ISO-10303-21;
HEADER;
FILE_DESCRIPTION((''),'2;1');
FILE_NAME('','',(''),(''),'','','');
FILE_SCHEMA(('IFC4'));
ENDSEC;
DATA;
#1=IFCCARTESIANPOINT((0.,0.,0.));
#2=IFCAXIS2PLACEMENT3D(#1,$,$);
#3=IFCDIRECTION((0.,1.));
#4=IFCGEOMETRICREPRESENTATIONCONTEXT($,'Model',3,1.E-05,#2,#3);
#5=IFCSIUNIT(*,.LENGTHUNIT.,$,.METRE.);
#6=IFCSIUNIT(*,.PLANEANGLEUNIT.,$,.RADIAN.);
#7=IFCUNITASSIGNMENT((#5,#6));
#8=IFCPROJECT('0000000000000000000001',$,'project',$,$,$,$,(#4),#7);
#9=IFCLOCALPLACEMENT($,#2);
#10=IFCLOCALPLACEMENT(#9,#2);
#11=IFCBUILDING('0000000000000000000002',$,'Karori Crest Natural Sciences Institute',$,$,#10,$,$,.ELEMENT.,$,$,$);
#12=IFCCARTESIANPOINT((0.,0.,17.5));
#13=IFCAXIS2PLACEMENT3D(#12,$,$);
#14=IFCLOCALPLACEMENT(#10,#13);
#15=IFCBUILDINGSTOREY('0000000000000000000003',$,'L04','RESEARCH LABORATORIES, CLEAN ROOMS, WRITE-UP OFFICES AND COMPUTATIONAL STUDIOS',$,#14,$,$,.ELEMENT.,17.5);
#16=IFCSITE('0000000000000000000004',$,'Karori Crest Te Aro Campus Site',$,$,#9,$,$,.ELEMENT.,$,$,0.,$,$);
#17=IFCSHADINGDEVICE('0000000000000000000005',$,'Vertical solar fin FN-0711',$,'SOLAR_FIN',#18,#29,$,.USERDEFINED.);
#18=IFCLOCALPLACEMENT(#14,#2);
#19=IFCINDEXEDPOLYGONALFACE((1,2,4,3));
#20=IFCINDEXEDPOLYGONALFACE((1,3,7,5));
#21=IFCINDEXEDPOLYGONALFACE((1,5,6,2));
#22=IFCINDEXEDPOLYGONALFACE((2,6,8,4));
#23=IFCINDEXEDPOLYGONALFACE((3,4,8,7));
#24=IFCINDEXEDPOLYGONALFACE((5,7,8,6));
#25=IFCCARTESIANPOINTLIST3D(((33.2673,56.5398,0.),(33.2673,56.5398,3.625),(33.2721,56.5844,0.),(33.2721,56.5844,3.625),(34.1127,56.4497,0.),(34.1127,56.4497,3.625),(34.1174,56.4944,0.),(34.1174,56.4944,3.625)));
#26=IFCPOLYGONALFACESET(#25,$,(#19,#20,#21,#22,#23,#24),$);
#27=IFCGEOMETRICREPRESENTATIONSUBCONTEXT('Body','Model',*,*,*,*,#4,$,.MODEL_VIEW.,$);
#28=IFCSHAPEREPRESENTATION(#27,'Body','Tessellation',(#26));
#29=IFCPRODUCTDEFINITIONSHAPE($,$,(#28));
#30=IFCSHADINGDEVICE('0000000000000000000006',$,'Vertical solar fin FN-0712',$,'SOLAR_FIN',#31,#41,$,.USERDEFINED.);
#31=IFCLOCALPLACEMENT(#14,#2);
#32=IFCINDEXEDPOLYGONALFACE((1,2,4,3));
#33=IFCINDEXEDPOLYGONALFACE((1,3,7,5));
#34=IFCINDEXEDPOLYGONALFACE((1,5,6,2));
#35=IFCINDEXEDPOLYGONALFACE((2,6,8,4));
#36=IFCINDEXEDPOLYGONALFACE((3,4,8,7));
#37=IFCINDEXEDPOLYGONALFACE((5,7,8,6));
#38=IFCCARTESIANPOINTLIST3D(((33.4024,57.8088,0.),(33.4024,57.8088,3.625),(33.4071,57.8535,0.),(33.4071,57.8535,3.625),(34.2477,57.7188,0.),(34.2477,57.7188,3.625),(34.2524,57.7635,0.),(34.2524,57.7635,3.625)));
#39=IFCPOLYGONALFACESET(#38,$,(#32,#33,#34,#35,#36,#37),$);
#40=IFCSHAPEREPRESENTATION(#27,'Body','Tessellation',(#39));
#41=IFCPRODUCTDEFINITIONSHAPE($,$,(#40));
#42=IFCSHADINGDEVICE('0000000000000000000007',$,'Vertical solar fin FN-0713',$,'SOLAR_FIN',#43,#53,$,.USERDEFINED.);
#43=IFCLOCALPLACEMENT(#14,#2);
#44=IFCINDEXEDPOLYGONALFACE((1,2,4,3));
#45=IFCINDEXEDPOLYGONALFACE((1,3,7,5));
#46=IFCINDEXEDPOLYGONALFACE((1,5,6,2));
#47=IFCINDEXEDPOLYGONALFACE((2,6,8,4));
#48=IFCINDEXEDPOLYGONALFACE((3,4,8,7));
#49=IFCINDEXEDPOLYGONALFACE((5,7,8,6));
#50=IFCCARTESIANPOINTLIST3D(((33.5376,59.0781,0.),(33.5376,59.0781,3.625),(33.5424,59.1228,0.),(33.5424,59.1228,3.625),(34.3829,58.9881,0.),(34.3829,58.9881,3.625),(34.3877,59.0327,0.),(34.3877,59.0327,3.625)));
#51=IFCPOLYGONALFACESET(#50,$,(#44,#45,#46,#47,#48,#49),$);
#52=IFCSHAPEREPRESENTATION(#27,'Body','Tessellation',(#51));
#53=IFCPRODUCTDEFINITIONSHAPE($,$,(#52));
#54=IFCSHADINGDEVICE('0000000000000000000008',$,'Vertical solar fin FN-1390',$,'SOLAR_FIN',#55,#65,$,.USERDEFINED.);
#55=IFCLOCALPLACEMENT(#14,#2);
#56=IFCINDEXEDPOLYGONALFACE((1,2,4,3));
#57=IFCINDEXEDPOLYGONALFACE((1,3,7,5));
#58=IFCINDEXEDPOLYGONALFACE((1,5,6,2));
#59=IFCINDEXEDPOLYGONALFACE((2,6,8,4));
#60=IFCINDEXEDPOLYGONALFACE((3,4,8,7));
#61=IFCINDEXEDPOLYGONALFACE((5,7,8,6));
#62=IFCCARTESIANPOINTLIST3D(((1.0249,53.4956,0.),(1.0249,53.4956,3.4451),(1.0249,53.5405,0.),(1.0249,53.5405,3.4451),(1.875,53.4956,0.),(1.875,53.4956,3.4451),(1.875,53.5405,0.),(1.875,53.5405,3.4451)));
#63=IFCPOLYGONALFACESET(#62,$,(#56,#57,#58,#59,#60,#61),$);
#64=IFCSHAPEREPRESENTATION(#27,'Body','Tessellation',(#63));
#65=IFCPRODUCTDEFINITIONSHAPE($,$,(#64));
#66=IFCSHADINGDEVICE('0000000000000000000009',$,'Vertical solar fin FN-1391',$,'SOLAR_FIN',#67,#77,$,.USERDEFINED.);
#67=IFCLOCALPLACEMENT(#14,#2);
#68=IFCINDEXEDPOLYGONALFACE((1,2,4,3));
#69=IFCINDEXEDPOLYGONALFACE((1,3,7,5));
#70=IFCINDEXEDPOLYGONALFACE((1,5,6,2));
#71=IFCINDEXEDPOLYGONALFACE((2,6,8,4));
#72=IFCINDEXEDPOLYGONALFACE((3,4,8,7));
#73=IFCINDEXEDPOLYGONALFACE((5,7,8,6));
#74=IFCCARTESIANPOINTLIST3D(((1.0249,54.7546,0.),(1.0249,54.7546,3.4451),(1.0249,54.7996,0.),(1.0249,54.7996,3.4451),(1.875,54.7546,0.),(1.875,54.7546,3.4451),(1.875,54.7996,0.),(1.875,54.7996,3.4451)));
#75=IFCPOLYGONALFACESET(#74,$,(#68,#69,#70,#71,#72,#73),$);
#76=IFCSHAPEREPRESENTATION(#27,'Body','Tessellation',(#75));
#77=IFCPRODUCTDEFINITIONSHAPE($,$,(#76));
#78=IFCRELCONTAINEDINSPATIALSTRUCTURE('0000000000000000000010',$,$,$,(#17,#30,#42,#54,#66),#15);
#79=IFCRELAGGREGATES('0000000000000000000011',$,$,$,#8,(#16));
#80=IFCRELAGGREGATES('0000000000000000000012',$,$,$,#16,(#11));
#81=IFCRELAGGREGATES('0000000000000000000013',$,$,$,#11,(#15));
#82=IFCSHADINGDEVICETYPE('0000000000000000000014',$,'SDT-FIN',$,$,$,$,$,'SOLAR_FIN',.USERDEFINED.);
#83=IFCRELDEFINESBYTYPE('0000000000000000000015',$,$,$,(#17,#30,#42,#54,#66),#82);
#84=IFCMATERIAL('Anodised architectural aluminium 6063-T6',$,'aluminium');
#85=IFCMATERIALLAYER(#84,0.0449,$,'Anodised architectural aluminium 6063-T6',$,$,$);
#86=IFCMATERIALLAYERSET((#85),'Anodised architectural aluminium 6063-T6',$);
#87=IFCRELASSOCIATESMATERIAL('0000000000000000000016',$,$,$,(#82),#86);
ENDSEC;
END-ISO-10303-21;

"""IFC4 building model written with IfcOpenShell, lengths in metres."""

from ifc_helpers import new_model, si_unit, direction, frame, origin, origin_2d, place, context, subcontext, project, spatial, rectangle, extrude, material, layer, layer_set, type_object, element, save


model = new_model("IFC4")

# Units and contexts
model_context = context("Model", 3, precision=1e-05, world=origin(), true_north=direction((0.0, 1.0)))
body_context = subcontext(model_context, "Body", "Model", "MODEL_VIEW")
ifc_project = project(units=[si_unit("LENGTHUNIT", "METRE"), si_unit("PLANEANGLEUNIT", "RADIAN")], contexts=[model_context])

# Site, building, storey
site_placement = place(None, origin())
site = spatial("IfcSite", under=ifc_project, at=site_placement, Name="Karori Crest Te Aro Campus Site", CompositionType="ELEMENT", RefElevation=0.0)
building_placement = place(site_placement, origin())
building = spatial("IfcBuilding", under=site, at=building_placement, Name="Karori Crest Natural Sciences Institute", CompositionType="ELEMENT")
storey_placement = place(building_placement, frame((0.0, 0.0, 17.5)))
storey = spatial("IfcBuildingStorey", under=building, at=storey_placement, Name="L04", Description="RESEARCH LABORATORIES, CLEAN ROOMS, WRITE-UP OFFICES AND COMPUTATIONAL STUDIOS", CompositionType="ELEMENT", Elevation=17.5)

# Shared definitions
ifc_material_1 = material(Name="Anodised architectural aluminium 6063-T6", Category="aluminium")

# Shading devices
ifc_layer_1 = layer(ifc_material_1, 0.0449, Name="Anodised architectural aluminium 6063-T6")
ifc_layer_set_1 = layer_set([ifc_layer_1], Name="Anodised architectural aluminium 6063-T6")
shading_device_type = type_object("IfcShadingDeviceType", Name="SDT-FIN", ElementType="SOLAR_FIN", PredefinedType="USERDEFINED", material=ifc_layer_set_1)
for number, where, z_axis, x_axis, name in (
    (1, (33.6924, 56.5171, 0.0), (0.0, 0.0, 1.0), (-0.994378, 0.105886, 0.0), "Vertical solar fin FN-0711"),
    (2, (33.8274, 57.7861, 0.0), (0.0, 0.0, 1.0), (-0.994378, 0.105886, 0.0), "Vertical solar fin FN-0712"),
    (3, (33.9626, 59.0554, 0.0), (0.0, 0.0, 1.0), (-0.994378, 0.105886, 0.0), "Vertical solar fin FN-0713"),
):
    element("IfcShadingDevice", number, at=place(storey_placement, frame(where, z_axis=z_axis, x_axis=x_axis)), inside=storey, type_object=shading_device_type, Name=name, ObjectType="SOLAR_FIN", PredefinedType="USERDEFINED", context=body_context, shape_type="SweptSolid", body=[
        extrude(rectangle(XDim=0.8501, YDim=0.0449, at=origin_2d()), origin(), (0.0, 0.0, 1.0), 3.625),
    ])
for number, where, z_axis, x_axis, name in (
    (4, (1.45, 53.5181, 0.0), (0.0, 0.0, 1.0), (-1.0, 0.0, 0.0), "Vertical solar fin FN-1390"),
    (5, (1.45, 54.7771, 0.0), (0.0, 0.0, 1.0), (-1.0, 0.0, 0.0), "Vertical solar fin FN-1391"),
):
    element("IfcShadingDevice", number, at=place(storey_placement, frame(where, z_axis=z_axis, x_axis=x_axis)), inside=storey, type_object=shading_device_type, Name=name, ObjectType="SOLAR_FIN", PredefinedType="USERDEFINED", context=body_context, shape_type="SweptSolid", body=[
        extrude(rectangle(XDim=0.8501, YDim=0.0449, at=origin_2d()), origin(), (0.0, 0.0, 1.0), 3.4451),
    ])

save(model, "model.ifc")
